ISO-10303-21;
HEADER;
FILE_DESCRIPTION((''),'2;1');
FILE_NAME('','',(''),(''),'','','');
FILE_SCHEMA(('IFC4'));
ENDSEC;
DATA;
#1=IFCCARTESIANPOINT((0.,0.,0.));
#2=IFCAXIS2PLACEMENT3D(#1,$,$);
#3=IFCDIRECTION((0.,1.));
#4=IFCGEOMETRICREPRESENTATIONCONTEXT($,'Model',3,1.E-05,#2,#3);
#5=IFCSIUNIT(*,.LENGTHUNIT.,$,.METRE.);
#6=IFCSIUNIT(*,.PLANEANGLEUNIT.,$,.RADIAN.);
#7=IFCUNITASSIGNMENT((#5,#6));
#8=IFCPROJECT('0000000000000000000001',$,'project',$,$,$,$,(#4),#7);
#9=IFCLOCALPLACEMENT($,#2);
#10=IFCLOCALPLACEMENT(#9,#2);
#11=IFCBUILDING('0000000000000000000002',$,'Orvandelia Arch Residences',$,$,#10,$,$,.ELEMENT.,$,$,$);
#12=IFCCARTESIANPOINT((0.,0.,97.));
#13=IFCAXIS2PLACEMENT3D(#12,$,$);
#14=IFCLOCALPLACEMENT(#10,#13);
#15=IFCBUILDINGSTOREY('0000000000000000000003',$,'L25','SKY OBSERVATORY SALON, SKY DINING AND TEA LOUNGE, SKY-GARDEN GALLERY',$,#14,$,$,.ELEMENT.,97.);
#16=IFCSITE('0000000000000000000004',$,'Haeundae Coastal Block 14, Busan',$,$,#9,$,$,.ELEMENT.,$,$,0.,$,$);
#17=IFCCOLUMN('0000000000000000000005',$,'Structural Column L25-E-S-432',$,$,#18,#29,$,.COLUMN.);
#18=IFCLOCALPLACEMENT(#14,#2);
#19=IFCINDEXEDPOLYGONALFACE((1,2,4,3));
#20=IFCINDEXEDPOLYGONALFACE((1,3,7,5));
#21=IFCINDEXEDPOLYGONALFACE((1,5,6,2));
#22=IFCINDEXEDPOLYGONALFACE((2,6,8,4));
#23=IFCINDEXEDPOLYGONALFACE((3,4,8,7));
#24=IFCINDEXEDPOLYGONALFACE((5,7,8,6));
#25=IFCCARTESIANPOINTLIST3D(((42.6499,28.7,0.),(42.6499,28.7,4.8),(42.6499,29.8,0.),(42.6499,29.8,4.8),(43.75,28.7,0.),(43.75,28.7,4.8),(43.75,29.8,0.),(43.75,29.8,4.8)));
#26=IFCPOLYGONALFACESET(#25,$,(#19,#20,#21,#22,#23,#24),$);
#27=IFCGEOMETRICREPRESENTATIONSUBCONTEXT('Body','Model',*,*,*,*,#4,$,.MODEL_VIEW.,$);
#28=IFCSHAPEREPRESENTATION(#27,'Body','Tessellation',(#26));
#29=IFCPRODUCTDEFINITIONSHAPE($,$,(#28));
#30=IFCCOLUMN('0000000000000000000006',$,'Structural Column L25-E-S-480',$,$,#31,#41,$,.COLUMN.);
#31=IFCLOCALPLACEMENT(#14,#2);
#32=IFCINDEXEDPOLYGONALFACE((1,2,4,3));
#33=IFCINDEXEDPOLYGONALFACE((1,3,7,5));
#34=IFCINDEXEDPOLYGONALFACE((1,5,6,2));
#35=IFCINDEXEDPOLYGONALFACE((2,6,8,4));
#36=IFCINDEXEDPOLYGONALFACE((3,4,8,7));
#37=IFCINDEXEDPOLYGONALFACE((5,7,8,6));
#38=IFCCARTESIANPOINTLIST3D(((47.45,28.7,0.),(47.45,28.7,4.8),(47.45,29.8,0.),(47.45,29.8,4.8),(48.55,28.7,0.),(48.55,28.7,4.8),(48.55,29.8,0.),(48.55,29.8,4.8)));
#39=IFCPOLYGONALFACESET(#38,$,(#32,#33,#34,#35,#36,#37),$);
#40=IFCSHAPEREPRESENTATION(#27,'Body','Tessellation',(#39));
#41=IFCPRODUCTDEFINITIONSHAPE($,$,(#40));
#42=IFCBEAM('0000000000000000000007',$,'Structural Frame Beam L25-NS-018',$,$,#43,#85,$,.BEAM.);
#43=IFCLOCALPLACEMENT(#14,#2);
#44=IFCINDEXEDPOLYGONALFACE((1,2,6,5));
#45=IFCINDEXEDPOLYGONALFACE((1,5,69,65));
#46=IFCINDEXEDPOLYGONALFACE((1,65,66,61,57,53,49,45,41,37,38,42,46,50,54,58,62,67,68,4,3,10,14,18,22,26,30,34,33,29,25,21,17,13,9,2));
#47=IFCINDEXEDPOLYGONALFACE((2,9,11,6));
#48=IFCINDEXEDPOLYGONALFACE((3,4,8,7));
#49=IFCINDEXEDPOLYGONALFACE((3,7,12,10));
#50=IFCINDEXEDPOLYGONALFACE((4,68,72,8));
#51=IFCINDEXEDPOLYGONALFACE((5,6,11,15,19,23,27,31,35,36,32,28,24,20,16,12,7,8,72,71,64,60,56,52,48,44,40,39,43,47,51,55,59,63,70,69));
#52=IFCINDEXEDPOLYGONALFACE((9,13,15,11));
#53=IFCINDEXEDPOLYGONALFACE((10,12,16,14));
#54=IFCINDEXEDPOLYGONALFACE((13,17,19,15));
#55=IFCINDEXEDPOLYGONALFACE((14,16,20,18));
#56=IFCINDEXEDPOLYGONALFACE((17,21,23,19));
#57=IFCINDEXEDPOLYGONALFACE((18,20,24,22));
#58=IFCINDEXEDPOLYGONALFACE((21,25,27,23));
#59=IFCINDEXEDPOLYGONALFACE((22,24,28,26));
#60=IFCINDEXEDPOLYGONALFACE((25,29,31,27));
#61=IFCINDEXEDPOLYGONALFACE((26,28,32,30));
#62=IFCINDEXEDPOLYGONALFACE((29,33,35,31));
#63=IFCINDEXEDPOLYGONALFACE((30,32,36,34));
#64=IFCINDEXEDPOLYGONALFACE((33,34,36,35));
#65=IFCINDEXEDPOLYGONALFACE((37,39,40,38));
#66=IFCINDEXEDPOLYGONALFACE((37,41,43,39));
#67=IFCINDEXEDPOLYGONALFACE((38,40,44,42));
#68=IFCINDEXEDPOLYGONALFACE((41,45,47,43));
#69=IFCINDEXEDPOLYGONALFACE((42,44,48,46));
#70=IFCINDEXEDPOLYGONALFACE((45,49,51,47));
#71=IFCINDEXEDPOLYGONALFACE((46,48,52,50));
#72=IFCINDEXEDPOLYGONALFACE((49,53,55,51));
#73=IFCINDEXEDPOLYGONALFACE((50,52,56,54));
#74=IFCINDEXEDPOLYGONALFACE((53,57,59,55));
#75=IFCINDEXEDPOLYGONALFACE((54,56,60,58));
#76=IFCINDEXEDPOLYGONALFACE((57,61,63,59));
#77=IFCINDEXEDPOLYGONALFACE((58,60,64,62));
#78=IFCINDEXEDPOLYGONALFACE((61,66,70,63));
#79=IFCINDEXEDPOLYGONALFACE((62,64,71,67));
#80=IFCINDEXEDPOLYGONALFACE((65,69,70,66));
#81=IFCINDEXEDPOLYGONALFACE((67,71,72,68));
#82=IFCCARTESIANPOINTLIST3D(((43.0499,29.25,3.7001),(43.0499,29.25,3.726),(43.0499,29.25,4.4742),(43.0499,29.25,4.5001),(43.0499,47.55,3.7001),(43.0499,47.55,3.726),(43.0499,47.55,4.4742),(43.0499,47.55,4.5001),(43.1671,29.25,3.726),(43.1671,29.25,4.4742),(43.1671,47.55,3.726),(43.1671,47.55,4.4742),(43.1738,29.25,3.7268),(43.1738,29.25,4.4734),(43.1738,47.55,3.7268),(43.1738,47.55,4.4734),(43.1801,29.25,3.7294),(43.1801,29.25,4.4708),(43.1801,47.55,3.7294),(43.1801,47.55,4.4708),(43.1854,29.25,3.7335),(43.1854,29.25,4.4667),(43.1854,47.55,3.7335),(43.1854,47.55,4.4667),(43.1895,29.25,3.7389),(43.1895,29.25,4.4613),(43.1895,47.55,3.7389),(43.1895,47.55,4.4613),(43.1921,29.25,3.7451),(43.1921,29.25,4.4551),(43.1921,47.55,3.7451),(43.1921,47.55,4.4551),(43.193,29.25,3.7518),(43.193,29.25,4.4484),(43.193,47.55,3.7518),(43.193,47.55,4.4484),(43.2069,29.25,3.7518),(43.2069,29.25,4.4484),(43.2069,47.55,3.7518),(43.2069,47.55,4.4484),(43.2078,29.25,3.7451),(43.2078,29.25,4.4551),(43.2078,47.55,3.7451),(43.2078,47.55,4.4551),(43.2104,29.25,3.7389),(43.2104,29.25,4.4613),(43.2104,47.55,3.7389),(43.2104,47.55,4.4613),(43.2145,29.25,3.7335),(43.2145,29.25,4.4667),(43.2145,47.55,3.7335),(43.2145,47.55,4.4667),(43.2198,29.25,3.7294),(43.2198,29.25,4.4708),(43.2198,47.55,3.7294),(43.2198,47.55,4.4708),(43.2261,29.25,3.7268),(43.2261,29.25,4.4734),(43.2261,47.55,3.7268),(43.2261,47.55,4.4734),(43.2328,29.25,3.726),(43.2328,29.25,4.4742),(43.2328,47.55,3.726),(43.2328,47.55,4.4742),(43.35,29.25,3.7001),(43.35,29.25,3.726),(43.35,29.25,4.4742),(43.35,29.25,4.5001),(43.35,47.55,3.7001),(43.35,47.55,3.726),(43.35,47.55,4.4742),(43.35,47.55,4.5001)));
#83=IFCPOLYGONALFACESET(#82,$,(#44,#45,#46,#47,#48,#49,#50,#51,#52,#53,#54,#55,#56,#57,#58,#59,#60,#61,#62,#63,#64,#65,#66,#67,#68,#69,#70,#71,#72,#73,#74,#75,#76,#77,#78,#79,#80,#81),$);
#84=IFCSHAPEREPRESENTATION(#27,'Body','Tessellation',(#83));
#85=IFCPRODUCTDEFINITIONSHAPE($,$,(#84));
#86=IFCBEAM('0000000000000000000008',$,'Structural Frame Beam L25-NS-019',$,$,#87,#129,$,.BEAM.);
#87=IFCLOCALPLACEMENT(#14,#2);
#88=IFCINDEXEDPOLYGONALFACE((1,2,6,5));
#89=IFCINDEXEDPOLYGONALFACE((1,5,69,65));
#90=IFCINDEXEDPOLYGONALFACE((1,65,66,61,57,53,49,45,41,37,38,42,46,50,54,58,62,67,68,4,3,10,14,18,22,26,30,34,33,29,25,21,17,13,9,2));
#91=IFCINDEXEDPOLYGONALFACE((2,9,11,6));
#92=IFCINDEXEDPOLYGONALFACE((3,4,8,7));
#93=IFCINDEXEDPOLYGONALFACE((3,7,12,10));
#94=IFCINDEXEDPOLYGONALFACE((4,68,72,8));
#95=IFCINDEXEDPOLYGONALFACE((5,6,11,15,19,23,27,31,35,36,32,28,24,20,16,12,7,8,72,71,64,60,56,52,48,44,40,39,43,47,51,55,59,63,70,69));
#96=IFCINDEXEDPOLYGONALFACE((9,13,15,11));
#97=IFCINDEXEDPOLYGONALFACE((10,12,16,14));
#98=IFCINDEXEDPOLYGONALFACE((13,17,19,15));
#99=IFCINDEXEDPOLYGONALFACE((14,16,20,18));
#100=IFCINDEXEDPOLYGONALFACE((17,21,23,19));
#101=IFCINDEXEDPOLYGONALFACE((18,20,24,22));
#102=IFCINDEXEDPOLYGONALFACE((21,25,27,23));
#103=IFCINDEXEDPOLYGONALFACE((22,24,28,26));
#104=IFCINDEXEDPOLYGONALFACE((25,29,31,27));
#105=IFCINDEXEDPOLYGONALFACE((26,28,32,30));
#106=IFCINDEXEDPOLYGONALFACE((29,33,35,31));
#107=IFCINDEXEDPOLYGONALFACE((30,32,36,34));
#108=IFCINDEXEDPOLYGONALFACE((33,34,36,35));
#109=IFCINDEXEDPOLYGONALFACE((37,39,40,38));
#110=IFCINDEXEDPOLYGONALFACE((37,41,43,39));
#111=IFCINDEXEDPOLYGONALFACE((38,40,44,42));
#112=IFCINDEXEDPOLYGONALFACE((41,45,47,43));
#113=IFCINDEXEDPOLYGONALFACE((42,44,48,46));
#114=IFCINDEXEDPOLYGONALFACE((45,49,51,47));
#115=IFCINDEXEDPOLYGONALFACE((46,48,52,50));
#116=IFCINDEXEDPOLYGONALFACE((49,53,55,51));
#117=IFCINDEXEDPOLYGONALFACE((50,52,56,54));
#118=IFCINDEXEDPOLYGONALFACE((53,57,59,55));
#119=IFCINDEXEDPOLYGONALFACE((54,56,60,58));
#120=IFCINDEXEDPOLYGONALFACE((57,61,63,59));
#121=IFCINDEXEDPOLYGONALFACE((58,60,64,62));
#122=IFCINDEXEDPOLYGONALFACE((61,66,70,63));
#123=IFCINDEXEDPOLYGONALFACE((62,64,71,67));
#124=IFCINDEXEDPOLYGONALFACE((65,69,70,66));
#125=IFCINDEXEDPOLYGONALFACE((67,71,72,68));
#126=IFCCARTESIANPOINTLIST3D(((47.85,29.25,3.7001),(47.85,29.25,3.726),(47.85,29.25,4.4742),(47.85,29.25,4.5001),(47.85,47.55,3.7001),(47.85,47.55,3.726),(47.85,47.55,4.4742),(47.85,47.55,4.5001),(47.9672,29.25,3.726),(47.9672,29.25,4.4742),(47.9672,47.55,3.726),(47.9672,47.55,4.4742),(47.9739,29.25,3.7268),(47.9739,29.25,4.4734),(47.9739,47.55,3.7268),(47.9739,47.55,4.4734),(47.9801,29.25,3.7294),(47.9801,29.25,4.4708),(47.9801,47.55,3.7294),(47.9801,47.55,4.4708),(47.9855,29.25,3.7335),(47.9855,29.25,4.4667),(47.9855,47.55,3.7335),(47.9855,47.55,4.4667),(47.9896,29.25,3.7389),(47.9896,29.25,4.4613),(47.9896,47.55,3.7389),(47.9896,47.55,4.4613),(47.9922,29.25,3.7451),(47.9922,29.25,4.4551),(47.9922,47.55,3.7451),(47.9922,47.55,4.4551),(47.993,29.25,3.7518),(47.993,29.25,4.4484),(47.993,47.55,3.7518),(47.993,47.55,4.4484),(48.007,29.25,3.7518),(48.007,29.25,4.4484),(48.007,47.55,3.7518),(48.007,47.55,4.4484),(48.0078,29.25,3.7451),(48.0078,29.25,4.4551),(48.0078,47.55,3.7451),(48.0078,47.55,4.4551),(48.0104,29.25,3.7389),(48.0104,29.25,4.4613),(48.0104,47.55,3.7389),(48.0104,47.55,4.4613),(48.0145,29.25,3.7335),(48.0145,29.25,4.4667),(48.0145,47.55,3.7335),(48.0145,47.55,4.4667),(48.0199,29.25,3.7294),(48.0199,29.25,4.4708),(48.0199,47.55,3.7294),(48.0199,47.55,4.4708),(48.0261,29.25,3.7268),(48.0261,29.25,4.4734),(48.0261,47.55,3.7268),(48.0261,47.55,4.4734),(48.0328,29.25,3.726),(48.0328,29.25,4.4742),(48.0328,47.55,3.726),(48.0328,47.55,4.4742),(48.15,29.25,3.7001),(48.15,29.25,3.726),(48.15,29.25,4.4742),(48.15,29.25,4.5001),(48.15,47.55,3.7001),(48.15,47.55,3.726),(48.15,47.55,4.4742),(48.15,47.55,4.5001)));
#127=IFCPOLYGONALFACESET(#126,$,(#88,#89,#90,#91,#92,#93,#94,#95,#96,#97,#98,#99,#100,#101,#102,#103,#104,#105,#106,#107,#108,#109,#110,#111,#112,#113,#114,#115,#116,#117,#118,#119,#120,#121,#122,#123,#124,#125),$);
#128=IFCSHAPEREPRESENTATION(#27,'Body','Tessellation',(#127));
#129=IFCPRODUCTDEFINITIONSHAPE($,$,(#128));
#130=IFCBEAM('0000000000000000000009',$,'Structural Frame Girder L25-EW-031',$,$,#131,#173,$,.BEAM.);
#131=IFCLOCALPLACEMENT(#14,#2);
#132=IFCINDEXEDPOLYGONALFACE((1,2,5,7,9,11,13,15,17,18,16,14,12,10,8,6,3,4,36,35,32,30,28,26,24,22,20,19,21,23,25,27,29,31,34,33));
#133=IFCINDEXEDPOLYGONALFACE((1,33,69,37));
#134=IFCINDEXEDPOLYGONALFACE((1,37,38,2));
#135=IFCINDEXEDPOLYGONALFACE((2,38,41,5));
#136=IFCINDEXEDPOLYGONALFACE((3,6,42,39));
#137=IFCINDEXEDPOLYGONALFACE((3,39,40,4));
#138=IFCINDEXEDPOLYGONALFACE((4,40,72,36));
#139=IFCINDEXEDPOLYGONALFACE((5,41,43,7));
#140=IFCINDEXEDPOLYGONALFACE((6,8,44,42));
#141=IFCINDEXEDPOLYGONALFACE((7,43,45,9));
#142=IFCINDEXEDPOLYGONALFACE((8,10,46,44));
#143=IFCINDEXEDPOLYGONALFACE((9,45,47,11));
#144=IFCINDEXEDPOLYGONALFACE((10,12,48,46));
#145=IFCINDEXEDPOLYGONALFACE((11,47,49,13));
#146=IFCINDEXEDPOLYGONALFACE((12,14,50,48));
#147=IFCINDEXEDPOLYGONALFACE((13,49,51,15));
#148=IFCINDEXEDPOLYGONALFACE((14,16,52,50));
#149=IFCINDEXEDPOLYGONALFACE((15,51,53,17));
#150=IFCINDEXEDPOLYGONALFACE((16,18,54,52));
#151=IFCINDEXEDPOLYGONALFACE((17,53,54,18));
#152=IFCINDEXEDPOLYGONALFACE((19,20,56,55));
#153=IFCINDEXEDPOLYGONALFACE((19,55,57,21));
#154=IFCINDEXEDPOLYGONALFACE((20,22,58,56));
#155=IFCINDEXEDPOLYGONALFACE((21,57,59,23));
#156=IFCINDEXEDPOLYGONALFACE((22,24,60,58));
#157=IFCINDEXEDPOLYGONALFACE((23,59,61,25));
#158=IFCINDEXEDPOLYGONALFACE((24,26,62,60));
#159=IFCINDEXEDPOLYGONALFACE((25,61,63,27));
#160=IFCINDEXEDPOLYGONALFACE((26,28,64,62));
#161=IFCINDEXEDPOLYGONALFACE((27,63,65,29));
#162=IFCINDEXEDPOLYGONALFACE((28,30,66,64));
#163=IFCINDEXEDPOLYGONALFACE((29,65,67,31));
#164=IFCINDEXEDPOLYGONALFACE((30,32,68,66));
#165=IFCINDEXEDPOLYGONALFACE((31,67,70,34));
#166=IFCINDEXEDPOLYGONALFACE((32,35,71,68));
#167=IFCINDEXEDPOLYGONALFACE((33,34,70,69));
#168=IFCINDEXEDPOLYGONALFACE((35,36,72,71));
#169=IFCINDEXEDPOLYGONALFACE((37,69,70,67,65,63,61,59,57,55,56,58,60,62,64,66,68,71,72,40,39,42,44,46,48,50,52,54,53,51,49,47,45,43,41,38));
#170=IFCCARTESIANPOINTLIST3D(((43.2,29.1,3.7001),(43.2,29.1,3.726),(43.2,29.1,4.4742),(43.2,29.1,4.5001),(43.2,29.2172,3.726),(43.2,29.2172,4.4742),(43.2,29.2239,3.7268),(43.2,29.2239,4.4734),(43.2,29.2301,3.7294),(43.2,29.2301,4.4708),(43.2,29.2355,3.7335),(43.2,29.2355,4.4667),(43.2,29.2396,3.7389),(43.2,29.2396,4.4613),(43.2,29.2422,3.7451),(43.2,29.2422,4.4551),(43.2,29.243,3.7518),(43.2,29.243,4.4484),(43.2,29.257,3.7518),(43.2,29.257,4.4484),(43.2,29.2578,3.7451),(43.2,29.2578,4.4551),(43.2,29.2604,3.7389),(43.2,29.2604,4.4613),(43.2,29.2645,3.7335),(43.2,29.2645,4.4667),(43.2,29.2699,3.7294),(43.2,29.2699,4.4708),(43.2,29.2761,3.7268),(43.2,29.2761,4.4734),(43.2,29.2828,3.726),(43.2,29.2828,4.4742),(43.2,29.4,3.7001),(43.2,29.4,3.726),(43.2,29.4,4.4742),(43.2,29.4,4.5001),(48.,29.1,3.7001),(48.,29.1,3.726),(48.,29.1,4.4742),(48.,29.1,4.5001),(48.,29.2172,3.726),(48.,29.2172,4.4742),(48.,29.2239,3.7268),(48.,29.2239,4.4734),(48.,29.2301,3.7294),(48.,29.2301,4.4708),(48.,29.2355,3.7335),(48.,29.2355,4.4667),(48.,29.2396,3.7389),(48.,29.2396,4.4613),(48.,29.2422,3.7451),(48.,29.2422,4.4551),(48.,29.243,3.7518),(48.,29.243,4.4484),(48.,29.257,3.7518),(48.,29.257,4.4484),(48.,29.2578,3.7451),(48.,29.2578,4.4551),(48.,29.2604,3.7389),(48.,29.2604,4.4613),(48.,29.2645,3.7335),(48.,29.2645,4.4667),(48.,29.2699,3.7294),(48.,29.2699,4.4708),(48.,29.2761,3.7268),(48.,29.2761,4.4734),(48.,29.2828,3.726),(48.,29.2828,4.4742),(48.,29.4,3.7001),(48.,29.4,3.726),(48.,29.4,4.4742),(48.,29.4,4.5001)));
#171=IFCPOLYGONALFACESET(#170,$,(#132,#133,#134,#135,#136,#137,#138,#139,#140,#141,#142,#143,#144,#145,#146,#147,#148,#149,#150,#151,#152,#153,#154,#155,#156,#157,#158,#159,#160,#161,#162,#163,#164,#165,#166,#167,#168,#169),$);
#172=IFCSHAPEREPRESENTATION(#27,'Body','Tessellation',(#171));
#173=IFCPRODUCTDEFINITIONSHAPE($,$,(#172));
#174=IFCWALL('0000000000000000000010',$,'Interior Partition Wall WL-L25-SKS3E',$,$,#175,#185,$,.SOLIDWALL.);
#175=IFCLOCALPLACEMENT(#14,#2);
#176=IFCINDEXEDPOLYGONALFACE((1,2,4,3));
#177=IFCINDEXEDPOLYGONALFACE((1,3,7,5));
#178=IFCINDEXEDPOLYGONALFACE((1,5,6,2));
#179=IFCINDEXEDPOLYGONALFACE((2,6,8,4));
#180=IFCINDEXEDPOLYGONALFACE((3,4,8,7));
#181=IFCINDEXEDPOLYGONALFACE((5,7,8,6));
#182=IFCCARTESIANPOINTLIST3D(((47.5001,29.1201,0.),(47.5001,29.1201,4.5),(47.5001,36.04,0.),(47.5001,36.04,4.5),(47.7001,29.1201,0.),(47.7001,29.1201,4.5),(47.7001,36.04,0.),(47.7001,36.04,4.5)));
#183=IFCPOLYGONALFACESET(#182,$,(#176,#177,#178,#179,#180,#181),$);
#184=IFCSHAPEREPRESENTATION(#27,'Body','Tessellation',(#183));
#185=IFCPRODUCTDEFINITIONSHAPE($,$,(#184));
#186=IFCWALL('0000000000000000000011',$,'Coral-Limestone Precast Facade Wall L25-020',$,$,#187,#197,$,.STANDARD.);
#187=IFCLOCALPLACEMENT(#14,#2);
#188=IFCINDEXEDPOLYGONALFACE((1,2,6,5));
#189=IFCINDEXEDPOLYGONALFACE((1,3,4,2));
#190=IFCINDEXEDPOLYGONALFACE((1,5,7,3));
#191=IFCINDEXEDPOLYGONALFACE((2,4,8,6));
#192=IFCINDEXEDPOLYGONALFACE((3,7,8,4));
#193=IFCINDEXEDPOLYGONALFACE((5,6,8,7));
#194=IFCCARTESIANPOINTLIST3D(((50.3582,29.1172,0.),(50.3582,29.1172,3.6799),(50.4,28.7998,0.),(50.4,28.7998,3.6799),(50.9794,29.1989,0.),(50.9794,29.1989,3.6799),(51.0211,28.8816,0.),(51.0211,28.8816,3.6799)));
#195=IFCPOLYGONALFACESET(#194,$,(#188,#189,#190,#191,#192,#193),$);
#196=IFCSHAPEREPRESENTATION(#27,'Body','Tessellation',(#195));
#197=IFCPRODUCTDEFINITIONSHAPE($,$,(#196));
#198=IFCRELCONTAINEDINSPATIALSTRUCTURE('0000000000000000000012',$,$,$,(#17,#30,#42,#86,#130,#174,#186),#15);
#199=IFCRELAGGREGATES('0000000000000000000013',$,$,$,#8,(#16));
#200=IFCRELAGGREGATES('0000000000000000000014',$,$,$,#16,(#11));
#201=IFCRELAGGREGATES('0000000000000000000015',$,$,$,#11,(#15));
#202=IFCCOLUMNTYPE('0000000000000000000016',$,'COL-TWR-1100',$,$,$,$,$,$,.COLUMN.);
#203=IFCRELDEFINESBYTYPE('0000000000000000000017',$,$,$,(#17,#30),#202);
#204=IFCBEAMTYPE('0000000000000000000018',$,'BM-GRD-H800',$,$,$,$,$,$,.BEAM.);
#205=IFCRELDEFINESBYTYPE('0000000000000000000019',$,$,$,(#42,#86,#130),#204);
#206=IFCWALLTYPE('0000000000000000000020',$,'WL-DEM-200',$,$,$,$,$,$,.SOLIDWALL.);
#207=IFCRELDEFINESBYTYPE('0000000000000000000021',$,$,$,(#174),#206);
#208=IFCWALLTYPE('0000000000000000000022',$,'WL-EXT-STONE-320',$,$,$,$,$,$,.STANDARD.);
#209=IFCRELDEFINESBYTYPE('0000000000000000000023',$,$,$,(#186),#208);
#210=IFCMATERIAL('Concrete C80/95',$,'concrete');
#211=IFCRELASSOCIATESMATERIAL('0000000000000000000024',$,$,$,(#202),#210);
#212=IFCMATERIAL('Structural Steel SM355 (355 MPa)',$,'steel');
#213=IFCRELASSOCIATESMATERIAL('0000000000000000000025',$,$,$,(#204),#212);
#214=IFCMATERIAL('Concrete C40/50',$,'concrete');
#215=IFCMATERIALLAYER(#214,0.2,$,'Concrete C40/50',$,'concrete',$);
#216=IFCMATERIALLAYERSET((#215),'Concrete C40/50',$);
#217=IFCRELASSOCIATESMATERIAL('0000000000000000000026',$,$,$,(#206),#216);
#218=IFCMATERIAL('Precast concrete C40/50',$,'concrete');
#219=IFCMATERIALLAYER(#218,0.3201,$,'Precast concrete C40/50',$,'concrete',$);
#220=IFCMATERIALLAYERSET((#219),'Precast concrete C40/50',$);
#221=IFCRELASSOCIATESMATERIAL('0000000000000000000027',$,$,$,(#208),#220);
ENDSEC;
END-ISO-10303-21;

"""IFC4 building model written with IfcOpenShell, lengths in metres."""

from ifc_helpers import new_model, si_unit, direction, frame, frame_2d, origin, origin_2d, place, context, subcontext, project, spatial, rectangle, i_section, extrude, material, layer, layer_set, material_profile, profile_set, type_object, element, save


model = new_model("IFC4")

# Units and contexts
model_context = context("Model", 3, precision=1e-05, world=origin(), true_north=direction((0.0, 1.0)))
body_context = subcontext(model_context, "Body", "Model", "MODEL_VIEW")
ifc_project = project(units=[si_unit("LENGTHUNIT", "METRE"), si_unit("PLANEANGLEUNIT", "RADIAN")], contexts=[model_context])

# Site, building, storey
site_placement = place(None, origin())
site = spatial("IfcSite", under=ifc_project, at=site_placement, Name="Haeundae Coastal Block 14, Busan", CompositionType="ELEMENT", RefElevation=0.0)
building_placement = place(site_placement, origin())
building = spatial("IfcBuilding", under=site, at=building_placement, Name="Orvandelia Arch Residences", CompositionType="ELEMENT")
storey_placement = place(building_placement, frame((0.0, 0.0, 97.0)))
storey = spatial("IfcBuildingStorey", under=building, at=storey_placement, Name="L25", Description="SKY OBSERVATORY SALON, SKY DINING AND TEA LOUNGE, SKY-GARDEN GALLERY", CompositionType="ELEMENT", Elevation=97.0)

# Columns
ifc_material_1 = material(Name="Concrete C80/95", Category="concrete")
ifc_material_profile_1 = material_profile(ifc_material_1, rectangle(XDim=1.1001, YDim=1.1001, at=origin_2d()), Name="Concrete C80/95", Category="concrete")
ifc_profile_set_1 = profile_set([ifc_material_profile_1], Name="Concrete C80/95")
column_type = type_object("IfcColumnType", Name="COL-TWR-1100", PredefinedType="COLUMN", material=ifc_profile_set_1)
for number, where, z_axis, x_axis, name in (
    (1, (43.2, 29.25, 0.0), (0.0, 0.0, 1.0), (1.0, 0.0, 0.0), "Structural Column L25-E-S-432"),
    (2, (48.0, 29.25, 0.0), (0.0, 0.0, 1.0), (1.0, 0.0, 0.0), "Structural Column L25-E-S-480"),
):
    element("IfcColumn", number, at=place(storey_placement, frame(where, z_axis=z_axis, x_axis=x_axis)), inside=storey, type_object=column_type, Name=name, PredefinedType="COLUMN", context=body_context, shape_type="SweptSolid", body=[
        extrude(rectangle(XDim=1.1001, YDim=1.1001, at=origin_2d()), origin(), (0.0, 0.0, 1.0), 4.8),
    ])

# Beams
ifc_material_2 = material(Name="Structural Steel SM355 (355 MPa)", Category="steel")
ifc_material_profile_2 = material_profile(ifc_material_2, i_section(OverallWidth=0.3, OverallDepth=0.8, WebThickness=0.0139, FlangeThickness=0.0259, FilletRadius=0.0259, at=origin_2d()), Name="Structural Steel SM355 (355 MPa)", Category="steel")
ifc_profile_set_2 = profile_set([ifc_material_profile_2], Name="Structural Steel SM355 (355 MPa)")
beam_type = type_object("IfcBeamType", Name="BM-GRD-H800", PredefinedType="BEAM", material=ifc_profile_set_2)
for number, where, z_axis, x_axis, name in (
    (3, (43.2, 29.25, 4.1001), (0.0, 1.0, 0.0), (-1.0, 0.0, 0.0), "Structural Frame Beam L25-NS-018"),
    (4, (48.0, 29.25, 4.1001), (0.0, 1.0, 0.0), (-1.0, 0.0, 0.0), "Structural Frame Beam L25-NS-019"),
):
    element("IfcBeam", number, at=place(storey_placement, frame(where, z_axis=z_axis, x_axis=x_axis)), inside=storey, type_object=beam_type, Name=name, PredefinedType="BEAM", context=body_context, shape_type="SweptSolid", body=[
        extrude(i_section(OverallWidth=0.3, OverallDepth=0.8, WebThickness=0.0139, FlangeThickness=0.0259, FilletRadius=0.0259, at=origin_2d()), origin(), (0.0, 0.0, 1.0), 18.3),
    ])
beam_placement = place(storey_placement, frame((43.2, 29.25, 4.1001), z_axis=(1.0, 0.0, 0.0), x_axis=(0.0, 1.0, 0.0)))
element("IfcBeam", 5, at=beam_placement, inside=storey, type_object=beam_type, Name="Structural Frame Girder L25-EW-031", PredefinedType="BEAM", context=body_context, shape_type="SweptSolid", body=[
    extrude(i_section(OverallWidth=0.3, OverallDepth=0.8, WebThickness=0.0139, FlangeThickness=0.0259, FilletRadius=0.0259, at=origin_2d()), origin(), (0.0, 0.0, 1.0), 4.8),
])

# Walls
ifc_material_3 = material(Name="Concrete C40/50", Category="concrete")
ifc_layer_1 = layer(ifc_material_3, 0.2, Name="Concrete C40/50", Category="concrete")
ifc_layer_set_1 = layer_set([ifc_layer_1], Name="Concrete C40/50")
wall_type_1 = type_object("IfcWallType", Name="WL-DEM-200", PredefinedType="SOLIDWALL", material=ifc_layer_set_1)
wall_1_placement = place(storey_placement, frame((47.6001, 29.1201, 0.0), z_axis=(0.0, 0.0, 1.0), x_axis=(0.0, 1.0, 0.0)))
element("IfcWall", 6, at=wall_1_placement, inside=storey, type_object=wall_type_1, Name="Interior Partition Wall WL-L25-SKS3E", PredefinedType="SOLIDWALL", context=body_context, shape_type="SweptSolid", body=[
    extrude(rectangle(XDim=6.9199, YDim=0.2, at=frame_2d((3.46, 0.0))), origin(), (0.0, 0.0, 1.0), 4.5),
])
ifc_material_4 = material(Name="Precast concrete C40/50", Category="concrete")
ifc_layer_2 = layer(ifc_material_4, 0.3201, Name="Precast concrete C40/50", Category="concrete")
ifc_layer_set_2 = layer_set([ifc_layer_2], Name="Precast concrete C40/50")
wall_type_2 = type_object("IfcWallType", Name="WL-EXT-STONE-320", PredefinedType="STANDARD", material=ifc_layer_set_2)
wall_2_placement = place(storey_placement, frame((51.0002, 29.0403, 0.0), z_axis=(0.0, 0.0, 1.0), x_axis=(-0.991441, -0.130555, 0.0)))
element("IfcWall", 7, at=wall_2_placement, inside=storey, type_object=wall_type_2, Name="Coral-Limestone Precast Facade Wall L25-020", PredefinedType="STANDARD", context=body_context, shape_type="SweptSolid", body=[
    extrude(rectangle(XDim=0.6265, YDim=0.3201, at=frame_2d((0.3132, 0.0))), origin(), (0.0, 0.0, 1.0), 3.6799),
])

save(model, "model.ifc")
